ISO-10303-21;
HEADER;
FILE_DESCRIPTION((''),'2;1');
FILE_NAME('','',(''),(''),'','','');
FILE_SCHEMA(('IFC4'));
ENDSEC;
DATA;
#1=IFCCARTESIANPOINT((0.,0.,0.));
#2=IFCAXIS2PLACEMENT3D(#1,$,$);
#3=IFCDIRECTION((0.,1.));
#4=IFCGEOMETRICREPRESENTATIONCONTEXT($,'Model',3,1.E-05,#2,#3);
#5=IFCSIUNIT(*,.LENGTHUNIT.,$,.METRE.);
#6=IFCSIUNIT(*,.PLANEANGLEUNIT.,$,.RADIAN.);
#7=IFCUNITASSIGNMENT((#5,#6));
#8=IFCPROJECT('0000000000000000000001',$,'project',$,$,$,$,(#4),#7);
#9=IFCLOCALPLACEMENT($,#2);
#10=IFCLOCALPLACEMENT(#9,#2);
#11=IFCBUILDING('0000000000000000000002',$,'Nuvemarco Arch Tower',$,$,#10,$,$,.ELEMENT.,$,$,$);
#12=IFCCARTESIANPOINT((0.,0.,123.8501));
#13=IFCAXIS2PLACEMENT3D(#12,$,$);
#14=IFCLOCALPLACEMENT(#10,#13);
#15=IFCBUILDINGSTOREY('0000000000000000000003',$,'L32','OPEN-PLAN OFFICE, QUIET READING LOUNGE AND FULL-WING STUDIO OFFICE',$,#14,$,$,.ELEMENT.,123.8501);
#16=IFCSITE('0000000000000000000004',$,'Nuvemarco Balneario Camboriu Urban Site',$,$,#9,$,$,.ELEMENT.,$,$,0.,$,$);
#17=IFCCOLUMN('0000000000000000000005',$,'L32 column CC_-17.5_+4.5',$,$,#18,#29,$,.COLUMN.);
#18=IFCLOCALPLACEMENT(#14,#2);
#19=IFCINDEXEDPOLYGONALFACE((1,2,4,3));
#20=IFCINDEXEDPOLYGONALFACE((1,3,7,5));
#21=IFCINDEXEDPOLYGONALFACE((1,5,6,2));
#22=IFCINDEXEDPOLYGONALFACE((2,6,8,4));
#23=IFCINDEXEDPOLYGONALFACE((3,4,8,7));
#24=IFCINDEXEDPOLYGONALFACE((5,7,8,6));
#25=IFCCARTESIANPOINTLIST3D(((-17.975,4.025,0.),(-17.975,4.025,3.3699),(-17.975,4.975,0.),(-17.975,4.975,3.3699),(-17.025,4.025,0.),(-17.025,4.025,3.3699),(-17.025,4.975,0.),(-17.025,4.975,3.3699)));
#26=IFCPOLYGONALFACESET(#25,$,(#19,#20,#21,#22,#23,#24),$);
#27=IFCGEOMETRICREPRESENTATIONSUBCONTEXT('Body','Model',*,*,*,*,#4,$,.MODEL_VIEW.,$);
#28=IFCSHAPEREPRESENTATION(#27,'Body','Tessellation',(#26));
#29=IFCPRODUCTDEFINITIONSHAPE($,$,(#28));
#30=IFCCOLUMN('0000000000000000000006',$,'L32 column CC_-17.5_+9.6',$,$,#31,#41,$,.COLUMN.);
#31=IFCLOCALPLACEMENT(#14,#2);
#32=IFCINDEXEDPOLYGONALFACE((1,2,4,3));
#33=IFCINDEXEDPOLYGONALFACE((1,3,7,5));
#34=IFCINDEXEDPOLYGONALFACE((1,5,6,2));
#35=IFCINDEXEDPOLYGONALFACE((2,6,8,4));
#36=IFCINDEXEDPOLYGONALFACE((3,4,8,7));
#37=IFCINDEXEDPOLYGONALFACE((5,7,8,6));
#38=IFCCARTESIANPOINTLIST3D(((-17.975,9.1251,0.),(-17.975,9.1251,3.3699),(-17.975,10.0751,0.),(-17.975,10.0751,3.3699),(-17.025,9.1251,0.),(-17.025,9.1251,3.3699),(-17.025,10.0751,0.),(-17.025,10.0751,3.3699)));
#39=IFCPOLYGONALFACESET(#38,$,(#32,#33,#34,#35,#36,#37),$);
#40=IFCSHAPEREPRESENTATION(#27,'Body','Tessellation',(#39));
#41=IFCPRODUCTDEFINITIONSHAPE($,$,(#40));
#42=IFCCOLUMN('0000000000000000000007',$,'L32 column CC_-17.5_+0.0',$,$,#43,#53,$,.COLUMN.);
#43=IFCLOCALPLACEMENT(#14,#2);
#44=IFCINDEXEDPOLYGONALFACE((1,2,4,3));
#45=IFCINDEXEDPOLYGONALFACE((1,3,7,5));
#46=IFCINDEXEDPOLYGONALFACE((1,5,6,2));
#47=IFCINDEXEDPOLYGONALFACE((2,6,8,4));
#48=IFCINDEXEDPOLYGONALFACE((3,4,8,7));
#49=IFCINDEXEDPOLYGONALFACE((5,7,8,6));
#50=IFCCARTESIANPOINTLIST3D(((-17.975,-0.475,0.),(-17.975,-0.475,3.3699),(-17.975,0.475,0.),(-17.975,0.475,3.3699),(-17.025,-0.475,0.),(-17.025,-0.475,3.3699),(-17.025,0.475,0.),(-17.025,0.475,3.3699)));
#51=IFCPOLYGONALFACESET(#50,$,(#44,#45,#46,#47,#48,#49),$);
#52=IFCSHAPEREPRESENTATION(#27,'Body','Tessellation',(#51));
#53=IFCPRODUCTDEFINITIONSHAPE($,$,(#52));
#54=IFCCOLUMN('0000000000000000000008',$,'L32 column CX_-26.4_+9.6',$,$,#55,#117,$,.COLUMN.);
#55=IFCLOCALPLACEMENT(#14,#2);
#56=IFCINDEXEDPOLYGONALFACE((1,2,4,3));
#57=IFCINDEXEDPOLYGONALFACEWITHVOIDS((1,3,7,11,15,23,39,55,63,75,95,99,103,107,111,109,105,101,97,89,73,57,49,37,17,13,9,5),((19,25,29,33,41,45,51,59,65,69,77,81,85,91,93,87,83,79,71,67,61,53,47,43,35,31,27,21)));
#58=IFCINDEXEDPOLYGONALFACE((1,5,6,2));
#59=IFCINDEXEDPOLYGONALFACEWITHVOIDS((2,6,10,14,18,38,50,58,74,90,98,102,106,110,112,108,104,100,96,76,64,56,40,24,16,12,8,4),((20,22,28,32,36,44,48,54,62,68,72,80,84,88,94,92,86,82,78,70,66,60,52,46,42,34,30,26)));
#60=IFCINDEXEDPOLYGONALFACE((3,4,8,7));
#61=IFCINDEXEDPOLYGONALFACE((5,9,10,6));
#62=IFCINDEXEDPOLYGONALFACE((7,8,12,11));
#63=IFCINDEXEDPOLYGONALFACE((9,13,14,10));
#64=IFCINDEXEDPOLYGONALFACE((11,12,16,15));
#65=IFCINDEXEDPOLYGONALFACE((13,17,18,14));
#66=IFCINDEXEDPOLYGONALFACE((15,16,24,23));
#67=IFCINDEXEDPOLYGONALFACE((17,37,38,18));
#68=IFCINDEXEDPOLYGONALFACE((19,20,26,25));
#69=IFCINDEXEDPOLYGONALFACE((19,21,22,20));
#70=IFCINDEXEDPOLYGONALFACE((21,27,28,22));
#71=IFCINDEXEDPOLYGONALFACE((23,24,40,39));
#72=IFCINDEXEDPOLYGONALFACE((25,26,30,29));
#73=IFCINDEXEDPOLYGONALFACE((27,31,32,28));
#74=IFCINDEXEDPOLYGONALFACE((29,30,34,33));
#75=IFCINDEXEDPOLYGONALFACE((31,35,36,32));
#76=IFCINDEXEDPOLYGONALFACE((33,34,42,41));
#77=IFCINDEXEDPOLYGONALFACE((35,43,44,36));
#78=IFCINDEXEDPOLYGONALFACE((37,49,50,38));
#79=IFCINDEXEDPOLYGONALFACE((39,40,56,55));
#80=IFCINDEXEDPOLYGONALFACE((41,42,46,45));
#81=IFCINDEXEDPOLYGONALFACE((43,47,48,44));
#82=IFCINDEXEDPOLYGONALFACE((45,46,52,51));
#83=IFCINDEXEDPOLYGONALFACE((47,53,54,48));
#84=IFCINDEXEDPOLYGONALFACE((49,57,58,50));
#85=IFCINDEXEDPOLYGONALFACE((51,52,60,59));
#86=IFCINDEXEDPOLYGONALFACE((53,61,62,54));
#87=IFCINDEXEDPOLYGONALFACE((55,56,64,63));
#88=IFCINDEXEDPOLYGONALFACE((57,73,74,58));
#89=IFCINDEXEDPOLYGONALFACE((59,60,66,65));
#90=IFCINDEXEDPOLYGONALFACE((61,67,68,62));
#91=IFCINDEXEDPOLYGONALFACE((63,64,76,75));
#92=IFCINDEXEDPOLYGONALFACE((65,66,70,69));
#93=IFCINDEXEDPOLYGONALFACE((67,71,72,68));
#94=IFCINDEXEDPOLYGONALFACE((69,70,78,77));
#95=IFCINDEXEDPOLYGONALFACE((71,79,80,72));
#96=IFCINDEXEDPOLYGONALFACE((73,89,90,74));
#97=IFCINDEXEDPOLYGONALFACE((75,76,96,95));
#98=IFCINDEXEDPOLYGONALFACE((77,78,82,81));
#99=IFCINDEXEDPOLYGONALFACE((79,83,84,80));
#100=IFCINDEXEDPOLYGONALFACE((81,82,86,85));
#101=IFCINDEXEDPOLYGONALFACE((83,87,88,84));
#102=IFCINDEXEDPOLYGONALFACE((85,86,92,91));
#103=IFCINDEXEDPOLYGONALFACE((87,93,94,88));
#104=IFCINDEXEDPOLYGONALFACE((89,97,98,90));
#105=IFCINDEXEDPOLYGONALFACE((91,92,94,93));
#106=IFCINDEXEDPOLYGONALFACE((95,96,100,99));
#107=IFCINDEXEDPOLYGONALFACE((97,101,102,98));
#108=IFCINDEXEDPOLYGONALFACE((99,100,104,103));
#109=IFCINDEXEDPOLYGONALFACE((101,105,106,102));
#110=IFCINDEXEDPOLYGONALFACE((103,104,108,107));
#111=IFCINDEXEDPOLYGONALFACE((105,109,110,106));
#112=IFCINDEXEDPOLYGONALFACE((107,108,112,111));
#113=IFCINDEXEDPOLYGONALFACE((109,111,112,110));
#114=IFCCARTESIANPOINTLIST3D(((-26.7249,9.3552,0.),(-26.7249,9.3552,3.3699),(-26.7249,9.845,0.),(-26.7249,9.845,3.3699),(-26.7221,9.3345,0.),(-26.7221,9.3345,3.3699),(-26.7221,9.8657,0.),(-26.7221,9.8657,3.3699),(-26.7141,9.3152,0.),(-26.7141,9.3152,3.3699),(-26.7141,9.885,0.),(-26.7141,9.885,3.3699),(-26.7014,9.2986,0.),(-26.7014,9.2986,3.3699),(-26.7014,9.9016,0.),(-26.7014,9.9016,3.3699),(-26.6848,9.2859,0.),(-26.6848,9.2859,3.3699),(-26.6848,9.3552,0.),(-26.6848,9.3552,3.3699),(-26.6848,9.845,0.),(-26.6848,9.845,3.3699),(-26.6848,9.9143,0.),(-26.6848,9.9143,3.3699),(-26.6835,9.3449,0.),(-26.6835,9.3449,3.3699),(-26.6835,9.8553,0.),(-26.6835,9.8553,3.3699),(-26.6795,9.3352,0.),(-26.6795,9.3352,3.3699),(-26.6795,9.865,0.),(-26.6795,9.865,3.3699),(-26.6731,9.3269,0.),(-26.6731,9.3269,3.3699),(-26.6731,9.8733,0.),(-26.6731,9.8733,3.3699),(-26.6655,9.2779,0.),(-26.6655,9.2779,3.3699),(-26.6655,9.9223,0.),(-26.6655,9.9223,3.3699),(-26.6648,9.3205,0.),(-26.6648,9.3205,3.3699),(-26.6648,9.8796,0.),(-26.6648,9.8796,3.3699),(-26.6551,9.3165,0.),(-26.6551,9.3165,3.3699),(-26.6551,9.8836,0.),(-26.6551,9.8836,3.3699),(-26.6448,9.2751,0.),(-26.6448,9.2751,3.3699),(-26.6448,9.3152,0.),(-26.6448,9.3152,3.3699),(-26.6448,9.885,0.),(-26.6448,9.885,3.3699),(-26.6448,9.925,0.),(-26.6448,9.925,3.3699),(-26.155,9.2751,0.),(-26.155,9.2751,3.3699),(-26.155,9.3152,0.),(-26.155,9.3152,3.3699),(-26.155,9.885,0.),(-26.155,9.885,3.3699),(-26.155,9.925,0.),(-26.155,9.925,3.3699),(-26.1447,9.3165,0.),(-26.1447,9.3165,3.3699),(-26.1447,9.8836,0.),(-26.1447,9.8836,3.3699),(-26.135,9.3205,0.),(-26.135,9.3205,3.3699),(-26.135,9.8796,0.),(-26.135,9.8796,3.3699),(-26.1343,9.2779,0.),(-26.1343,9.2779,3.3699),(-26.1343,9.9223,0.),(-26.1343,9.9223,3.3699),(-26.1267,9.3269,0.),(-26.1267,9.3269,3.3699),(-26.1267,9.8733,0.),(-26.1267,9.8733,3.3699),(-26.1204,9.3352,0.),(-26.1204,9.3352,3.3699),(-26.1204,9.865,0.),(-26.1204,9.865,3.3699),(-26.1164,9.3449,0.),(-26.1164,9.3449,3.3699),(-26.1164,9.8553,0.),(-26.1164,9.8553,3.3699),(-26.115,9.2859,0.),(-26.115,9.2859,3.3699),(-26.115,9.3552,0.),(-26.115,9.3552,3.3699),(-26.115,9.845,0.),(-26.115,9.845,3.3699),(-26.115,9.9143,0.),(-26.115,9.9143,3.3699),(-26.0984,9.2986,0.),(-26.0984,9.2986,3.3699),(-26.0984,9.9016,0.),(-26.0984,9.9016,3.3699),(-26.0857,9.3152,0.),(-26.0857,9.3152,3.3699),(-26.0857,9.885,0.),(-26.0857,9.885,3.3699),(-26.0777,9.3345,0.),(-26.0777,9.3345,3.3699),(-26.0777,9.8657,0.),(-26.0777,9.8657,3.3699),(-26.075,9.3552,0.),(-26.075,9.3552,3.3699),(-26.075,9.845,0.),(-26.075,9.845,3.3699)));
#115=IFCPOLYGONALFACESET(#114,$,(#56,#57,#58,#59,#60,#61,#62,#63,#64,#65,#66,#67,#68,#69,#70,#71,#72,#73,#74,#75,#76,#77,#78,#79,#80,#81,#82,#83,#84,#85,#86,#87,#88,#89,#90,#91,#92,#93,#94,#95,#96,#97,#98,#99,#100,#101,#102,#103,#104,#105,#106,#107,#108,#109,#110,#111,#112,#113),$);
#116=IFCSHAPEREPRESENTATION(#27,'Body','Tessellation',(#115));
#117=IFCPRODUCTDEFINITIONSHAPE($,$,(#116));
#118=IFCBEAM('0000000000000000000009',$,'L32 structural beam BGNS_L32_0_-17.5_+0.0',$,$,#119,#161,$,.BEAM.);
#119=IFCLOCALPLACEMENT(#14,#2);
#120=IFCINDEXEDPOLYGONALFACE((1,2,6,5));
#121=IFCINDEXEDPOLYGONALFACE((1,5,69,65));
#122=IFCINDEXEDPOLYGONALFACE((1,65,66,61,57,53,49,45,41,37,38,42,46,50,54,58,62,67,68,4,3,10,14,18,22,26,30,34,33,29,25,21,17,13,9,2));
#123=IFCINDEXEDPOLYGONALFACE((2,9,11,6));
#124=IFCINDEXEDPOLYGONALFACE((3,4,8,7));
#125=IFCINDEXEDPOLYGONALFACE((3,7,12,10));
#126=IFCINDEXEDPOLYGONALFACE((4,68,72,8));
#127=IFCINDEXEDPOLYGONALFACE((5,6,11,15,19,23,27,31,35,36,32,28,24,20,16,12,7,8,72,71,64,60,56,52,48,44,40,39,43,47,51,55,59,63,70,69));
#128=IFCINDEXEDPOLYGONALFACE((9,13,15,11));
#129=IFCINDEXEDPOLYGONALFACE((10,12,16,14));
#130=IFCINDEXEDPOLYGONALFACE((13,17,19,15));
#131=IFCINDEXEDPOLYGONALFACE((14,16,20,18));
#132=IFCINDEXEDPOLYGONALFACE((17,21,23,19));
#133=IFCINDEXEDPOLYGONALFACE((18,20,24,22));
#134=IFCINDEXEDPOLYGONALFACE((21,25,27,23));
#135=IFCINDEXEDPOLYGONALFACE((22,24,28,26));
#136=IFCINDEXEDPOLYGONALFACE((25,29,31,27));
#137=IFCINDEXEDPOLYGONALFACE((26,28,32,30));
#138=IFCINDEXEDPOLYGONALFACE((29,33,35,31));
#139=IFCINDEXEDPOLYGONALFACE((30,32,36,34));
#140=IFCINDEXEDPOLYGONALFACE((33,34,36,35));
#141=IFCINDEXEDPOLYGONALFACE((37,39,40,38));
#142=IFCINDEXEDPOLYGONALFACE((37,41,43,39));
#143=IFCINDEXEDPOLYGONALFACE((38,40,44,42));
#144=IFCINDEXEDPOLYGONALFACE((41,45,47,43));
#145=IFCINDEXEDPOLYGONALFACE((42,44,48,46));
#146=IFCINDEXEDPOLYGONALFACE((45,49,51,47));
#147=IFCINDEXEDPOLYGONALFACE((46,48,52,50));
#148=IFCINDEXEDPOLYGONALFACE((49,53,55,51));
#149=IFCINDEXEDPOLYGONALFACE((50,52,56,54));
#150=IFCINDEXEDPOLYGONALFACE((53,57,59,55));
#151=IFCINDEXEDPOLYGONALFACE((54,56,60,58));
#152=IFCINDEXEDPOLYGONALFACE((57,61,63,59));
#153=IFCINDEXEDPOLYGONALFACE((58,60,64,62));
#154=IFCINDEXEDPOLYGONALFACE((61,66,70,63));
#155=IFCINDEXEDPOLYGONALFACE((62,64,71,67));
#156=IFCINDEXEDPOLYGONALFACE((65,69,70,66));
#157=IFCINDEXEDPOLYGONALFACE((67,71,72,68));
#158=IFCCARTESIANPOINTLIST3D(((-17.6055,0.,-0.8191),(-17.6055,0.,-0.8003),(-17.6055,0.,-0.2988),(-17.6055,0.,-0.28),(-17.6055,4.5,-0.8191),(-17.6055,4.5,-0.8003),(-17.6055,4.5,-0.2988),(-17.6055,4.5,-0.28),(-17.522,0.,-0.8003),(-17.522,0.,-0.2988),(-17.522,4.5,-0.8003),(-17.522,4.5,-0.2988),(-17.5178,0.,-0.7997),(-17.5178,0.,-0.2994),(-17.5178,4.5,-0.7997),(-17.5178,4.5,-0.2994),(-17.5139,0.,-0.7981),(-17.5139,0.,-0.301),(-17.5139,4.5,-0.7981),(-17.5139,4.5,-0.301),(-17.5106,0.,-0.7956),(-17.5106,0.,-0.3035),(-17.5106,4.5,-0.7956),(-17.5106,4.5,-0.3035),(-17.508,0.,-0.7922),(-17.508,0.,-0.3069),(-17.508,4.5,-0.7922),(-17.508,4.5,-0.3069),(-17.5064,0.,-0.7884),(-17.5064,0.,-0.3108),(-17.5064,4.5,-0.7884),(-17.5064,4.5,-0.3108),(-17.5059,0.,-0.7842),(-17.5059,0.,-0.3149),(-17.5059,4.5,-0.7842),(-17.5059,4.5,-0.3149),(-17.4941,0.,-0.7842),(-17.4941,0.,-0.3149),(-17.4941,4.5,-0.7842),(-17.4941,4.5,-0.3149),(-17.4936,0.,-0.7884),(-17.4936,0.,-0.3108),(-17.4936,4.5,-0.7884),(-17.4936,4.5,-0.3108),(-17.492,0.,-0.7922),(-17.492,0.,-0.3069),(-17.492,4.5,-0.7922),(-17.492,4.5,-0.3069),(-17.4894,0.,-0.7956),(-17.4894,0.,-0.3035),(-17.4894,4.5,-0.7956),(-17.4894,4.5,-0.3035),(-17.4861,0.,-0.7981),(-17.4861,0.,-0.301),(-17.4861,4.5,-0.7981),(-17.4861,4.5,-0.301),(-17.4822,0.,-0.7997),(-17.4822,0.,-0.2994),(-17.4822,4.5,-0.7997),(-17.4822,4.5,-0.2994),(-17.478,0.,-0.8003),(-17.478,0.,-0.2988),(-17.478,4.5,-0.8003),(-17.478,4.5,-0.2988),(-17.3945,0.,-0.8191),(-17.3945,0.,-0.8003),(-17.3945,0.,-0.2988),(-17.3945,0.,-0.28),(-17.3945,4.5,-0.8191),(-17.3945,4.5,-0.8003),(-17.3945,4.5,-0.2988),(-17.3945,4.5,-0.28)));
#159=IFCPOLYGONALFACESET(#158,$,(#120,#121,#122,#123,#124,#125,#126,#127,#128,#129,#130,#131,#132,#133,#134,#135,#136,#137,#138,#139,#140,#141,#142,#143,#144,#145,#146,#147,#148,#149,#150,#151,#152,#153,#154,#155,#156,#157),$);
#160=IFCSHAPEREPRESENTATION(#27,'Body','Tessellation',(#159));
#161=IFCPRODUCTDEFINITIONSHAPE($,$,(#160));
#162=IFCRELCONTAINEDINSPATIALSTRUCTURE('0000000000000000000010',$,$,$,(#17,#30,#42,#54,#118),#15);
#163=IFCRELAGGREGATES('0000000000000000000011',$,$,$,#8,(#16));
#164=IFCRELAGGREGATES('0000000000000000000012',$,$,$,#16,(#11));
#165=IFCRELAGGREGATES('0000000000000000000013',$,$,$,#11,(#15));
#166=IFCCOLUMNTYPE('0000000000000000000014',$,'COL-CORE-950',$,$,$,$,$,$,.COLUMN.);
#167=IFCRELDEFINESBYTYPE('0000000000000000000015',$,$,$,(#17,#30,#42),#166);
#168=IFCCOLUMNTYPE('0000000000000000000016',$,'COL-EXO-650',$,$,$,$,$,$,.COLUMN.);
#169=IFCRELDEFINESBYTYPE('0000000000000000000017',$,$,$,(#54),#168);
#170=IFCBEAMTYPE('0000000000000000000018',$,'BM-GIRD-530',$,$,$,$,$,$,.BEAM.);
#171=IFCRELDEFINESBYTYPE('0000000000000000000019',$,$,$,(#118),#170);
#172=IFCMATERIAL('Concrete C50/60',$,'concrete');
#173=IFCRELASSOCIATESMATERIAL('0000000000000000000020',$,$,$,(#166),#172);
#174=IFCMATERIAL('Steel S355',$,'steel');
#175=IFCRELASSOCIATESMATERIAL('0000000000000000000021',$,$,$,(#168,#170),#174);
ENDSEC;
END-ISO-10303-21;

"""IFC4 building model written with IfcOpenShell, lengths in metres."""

from ifc_helpers import new_model, si_unit, direction, frame, origin, origin_2d, place, context, subcontext, project, spatial, rectangle, hollow_rectangle, i_section, extrude, material, material_profile, profile_set, type_object, element, save


model = new_model("IFC4")

# Units and contexts
model_context = context("Model", 3, precision=1e-05, world=origin(), true_north=direction((0.0, 1.0)))
body_context = subcontext(model_context, "Body", "Model", "MODEL_VIEW")
ifc_project = project(units=[si_unit("LENGTHUNIT", "METRE"), si_unit("PLANEANGLEUNIT", "RADIAN")], contexts=[model_context])

# Site, building, storey
site_placement = place(None, origin())
site = spatial("IfcSite", under=ifc_project, at=site_placement, Name="Nuvemarco Balneario Camboriu Urban Site", CompositionType="ELEMENT", RefElevation=0.0)
building_placement = place(site_placement, origin())
building = spatial("IfcBuilding", under=site, at=building_placement, Name="Nuvemarco Arch Tower", CompositionType="ELEMENT")
storey_placement = place(building_placement, frame((0.0, 0.0, 123.8501)))
storey = spatial("IfcBuildingStorey", under=building, at=storey_placement, Name="L32", Description="OPEN-PLAN OFFICE, QUIET READING LOUNGE AND FULL-WING STUDIO OFFICE", CompositionType="ELEMENT", Elevation=123.8501)

# Columns
ifc_material_1 = material(Name="Concrete C50/60", Category="concrete")
ifc_material_profile_1 = material_profile(ifc_material_1, rectangle(XDim=0.95, YDim=0.95, at=origin_2d()), Name="RC-COL-950x950")
ifc_profile_set_1 = profile_set([ifc_material_profile_1], Name="Concrete C50/60")
column_type_1 = type_object("IfcColumnType", Name="COL-CORE-950", PredefinedType="COLUMN", material=ifc_profile_set_1)
for number, where, z_axis, x_axis, name in (
    (1, (-17.5, 4.5, 0.0), (0.0, 0.0, 1.0), (1.0, 0.0, 0.0), "L32 column CC_-17.5_+4.5"),
    (2, (-17.5, 9.6001, 0.0), (0.0, 0.0, 1.0), (1.0, 0.0, 0.0), "L32 column CC_-17.5_+9.6"),
    (3, (-17.5, 0.0, 0.0), (0.0, 0.0, 1.0), (1.0, 0.0, 0.0), "L32 column CC_-17.5_+0.0"),
):
    element("IfcColumn", number, at=place(storey_placement, frame(where, z_axis=z_axis, x_axis=x_axis)), inside=storey, type_object=column_type_1, Name=name, PredefinedType="COLUMN", context=body_context, shape_type="SweptSolid", body=[
        extrude(rectangle(XDim=0.95, YDim=0.95, at=origin_2d()), origin(), (0.0, 0.0, 1.0), 3.3699),
    ])
ifc_material_2 = material(Name="Steel S355", Category="steel")
ifc_material_profile_2 = material_profile(ifc_material_2, hollow_rectangle(XDim=0.6499, YDim=0.6499, WallThickness=0.04, InnerFilletRadius=0.04, OuterFilletRadius=0.0801, at=origin_2d()), Name="SHS650x650x40")
ifc_profile_set_2 = profile_set([ifc_material_profile_2], Name="Steel S355")
column_type_2 = type_object("IfcColumnType", Name="COL-EXO-650", PredefinedType="COLUMN", material=ifc_profile_set_2)
column_placement = place(storey_placement, frame((-26.3999, 9.6001, 0.0), z_axis=(0.0, 0.0, 1.0), x_axis=(1.0, 0.0, 0.0)))
element("IfcColumn", 4, at=column_placement, inside=storey, type_object=column_type_2, Name="L32 column CX_-26.4_+9.6", PredefinedType="COLUMN", context=body_context, shape_type="SweptSolid", body=[
    extrude(hollow_rectangle(XDim=0.6499, YDim=0.6499, WallThickness=0.04, InnerFilletRadius=0.04, OuterFilletRadius=0.0801, at=origin_2d()), origin(), (0.0, 0.0, 1.0), 3.3699),
])

# Beam
ifc_material_profile_3 = material_profile(ifc_material_2, i_section(OverallWidth=0.2109, OverallDepth=0.5391, WebThickness=0.0117, FlangeThickness=0.0188, FilletRadius=0.0161, at=origin_2d()), Name="W530x109")
ifc_profile_set_3 = profile_set([ifc_material_profile_3], Name="Steel S355")
beam_type_1 = type_object("IfcBeamType", Name="BM-GIRD-530", PredefinedType="BEAM", material=ifc_profile_set_3)
beam_1_placement = place(storey_placement, frame((-17.5, 0.0, -0.5496), z_axis=(0.0, 1.0, 0.0), x_axis=(-1.0, 0.0, 0.0)))
element("IfcBeam", 5, at=beam_1_placement, inside=storey, type_object=beam_type_1, Name="L32 structural beam BGNS_L32_0_-17.5_+0.0", PredefinedType="BEAM", context=body_context, shape_type="SweptSolid", body=[
    extrude(i_section(OverallWidth=0.2109, OverallDepth=0.5391, WebThickness=0.0117, FlangeThickness=0.0188, FilletRadius=0.0161, at=origin_2d()), origin(), (0.0, 0.0, 1.0), 4.5),
])

save(model, "model.ifc")
